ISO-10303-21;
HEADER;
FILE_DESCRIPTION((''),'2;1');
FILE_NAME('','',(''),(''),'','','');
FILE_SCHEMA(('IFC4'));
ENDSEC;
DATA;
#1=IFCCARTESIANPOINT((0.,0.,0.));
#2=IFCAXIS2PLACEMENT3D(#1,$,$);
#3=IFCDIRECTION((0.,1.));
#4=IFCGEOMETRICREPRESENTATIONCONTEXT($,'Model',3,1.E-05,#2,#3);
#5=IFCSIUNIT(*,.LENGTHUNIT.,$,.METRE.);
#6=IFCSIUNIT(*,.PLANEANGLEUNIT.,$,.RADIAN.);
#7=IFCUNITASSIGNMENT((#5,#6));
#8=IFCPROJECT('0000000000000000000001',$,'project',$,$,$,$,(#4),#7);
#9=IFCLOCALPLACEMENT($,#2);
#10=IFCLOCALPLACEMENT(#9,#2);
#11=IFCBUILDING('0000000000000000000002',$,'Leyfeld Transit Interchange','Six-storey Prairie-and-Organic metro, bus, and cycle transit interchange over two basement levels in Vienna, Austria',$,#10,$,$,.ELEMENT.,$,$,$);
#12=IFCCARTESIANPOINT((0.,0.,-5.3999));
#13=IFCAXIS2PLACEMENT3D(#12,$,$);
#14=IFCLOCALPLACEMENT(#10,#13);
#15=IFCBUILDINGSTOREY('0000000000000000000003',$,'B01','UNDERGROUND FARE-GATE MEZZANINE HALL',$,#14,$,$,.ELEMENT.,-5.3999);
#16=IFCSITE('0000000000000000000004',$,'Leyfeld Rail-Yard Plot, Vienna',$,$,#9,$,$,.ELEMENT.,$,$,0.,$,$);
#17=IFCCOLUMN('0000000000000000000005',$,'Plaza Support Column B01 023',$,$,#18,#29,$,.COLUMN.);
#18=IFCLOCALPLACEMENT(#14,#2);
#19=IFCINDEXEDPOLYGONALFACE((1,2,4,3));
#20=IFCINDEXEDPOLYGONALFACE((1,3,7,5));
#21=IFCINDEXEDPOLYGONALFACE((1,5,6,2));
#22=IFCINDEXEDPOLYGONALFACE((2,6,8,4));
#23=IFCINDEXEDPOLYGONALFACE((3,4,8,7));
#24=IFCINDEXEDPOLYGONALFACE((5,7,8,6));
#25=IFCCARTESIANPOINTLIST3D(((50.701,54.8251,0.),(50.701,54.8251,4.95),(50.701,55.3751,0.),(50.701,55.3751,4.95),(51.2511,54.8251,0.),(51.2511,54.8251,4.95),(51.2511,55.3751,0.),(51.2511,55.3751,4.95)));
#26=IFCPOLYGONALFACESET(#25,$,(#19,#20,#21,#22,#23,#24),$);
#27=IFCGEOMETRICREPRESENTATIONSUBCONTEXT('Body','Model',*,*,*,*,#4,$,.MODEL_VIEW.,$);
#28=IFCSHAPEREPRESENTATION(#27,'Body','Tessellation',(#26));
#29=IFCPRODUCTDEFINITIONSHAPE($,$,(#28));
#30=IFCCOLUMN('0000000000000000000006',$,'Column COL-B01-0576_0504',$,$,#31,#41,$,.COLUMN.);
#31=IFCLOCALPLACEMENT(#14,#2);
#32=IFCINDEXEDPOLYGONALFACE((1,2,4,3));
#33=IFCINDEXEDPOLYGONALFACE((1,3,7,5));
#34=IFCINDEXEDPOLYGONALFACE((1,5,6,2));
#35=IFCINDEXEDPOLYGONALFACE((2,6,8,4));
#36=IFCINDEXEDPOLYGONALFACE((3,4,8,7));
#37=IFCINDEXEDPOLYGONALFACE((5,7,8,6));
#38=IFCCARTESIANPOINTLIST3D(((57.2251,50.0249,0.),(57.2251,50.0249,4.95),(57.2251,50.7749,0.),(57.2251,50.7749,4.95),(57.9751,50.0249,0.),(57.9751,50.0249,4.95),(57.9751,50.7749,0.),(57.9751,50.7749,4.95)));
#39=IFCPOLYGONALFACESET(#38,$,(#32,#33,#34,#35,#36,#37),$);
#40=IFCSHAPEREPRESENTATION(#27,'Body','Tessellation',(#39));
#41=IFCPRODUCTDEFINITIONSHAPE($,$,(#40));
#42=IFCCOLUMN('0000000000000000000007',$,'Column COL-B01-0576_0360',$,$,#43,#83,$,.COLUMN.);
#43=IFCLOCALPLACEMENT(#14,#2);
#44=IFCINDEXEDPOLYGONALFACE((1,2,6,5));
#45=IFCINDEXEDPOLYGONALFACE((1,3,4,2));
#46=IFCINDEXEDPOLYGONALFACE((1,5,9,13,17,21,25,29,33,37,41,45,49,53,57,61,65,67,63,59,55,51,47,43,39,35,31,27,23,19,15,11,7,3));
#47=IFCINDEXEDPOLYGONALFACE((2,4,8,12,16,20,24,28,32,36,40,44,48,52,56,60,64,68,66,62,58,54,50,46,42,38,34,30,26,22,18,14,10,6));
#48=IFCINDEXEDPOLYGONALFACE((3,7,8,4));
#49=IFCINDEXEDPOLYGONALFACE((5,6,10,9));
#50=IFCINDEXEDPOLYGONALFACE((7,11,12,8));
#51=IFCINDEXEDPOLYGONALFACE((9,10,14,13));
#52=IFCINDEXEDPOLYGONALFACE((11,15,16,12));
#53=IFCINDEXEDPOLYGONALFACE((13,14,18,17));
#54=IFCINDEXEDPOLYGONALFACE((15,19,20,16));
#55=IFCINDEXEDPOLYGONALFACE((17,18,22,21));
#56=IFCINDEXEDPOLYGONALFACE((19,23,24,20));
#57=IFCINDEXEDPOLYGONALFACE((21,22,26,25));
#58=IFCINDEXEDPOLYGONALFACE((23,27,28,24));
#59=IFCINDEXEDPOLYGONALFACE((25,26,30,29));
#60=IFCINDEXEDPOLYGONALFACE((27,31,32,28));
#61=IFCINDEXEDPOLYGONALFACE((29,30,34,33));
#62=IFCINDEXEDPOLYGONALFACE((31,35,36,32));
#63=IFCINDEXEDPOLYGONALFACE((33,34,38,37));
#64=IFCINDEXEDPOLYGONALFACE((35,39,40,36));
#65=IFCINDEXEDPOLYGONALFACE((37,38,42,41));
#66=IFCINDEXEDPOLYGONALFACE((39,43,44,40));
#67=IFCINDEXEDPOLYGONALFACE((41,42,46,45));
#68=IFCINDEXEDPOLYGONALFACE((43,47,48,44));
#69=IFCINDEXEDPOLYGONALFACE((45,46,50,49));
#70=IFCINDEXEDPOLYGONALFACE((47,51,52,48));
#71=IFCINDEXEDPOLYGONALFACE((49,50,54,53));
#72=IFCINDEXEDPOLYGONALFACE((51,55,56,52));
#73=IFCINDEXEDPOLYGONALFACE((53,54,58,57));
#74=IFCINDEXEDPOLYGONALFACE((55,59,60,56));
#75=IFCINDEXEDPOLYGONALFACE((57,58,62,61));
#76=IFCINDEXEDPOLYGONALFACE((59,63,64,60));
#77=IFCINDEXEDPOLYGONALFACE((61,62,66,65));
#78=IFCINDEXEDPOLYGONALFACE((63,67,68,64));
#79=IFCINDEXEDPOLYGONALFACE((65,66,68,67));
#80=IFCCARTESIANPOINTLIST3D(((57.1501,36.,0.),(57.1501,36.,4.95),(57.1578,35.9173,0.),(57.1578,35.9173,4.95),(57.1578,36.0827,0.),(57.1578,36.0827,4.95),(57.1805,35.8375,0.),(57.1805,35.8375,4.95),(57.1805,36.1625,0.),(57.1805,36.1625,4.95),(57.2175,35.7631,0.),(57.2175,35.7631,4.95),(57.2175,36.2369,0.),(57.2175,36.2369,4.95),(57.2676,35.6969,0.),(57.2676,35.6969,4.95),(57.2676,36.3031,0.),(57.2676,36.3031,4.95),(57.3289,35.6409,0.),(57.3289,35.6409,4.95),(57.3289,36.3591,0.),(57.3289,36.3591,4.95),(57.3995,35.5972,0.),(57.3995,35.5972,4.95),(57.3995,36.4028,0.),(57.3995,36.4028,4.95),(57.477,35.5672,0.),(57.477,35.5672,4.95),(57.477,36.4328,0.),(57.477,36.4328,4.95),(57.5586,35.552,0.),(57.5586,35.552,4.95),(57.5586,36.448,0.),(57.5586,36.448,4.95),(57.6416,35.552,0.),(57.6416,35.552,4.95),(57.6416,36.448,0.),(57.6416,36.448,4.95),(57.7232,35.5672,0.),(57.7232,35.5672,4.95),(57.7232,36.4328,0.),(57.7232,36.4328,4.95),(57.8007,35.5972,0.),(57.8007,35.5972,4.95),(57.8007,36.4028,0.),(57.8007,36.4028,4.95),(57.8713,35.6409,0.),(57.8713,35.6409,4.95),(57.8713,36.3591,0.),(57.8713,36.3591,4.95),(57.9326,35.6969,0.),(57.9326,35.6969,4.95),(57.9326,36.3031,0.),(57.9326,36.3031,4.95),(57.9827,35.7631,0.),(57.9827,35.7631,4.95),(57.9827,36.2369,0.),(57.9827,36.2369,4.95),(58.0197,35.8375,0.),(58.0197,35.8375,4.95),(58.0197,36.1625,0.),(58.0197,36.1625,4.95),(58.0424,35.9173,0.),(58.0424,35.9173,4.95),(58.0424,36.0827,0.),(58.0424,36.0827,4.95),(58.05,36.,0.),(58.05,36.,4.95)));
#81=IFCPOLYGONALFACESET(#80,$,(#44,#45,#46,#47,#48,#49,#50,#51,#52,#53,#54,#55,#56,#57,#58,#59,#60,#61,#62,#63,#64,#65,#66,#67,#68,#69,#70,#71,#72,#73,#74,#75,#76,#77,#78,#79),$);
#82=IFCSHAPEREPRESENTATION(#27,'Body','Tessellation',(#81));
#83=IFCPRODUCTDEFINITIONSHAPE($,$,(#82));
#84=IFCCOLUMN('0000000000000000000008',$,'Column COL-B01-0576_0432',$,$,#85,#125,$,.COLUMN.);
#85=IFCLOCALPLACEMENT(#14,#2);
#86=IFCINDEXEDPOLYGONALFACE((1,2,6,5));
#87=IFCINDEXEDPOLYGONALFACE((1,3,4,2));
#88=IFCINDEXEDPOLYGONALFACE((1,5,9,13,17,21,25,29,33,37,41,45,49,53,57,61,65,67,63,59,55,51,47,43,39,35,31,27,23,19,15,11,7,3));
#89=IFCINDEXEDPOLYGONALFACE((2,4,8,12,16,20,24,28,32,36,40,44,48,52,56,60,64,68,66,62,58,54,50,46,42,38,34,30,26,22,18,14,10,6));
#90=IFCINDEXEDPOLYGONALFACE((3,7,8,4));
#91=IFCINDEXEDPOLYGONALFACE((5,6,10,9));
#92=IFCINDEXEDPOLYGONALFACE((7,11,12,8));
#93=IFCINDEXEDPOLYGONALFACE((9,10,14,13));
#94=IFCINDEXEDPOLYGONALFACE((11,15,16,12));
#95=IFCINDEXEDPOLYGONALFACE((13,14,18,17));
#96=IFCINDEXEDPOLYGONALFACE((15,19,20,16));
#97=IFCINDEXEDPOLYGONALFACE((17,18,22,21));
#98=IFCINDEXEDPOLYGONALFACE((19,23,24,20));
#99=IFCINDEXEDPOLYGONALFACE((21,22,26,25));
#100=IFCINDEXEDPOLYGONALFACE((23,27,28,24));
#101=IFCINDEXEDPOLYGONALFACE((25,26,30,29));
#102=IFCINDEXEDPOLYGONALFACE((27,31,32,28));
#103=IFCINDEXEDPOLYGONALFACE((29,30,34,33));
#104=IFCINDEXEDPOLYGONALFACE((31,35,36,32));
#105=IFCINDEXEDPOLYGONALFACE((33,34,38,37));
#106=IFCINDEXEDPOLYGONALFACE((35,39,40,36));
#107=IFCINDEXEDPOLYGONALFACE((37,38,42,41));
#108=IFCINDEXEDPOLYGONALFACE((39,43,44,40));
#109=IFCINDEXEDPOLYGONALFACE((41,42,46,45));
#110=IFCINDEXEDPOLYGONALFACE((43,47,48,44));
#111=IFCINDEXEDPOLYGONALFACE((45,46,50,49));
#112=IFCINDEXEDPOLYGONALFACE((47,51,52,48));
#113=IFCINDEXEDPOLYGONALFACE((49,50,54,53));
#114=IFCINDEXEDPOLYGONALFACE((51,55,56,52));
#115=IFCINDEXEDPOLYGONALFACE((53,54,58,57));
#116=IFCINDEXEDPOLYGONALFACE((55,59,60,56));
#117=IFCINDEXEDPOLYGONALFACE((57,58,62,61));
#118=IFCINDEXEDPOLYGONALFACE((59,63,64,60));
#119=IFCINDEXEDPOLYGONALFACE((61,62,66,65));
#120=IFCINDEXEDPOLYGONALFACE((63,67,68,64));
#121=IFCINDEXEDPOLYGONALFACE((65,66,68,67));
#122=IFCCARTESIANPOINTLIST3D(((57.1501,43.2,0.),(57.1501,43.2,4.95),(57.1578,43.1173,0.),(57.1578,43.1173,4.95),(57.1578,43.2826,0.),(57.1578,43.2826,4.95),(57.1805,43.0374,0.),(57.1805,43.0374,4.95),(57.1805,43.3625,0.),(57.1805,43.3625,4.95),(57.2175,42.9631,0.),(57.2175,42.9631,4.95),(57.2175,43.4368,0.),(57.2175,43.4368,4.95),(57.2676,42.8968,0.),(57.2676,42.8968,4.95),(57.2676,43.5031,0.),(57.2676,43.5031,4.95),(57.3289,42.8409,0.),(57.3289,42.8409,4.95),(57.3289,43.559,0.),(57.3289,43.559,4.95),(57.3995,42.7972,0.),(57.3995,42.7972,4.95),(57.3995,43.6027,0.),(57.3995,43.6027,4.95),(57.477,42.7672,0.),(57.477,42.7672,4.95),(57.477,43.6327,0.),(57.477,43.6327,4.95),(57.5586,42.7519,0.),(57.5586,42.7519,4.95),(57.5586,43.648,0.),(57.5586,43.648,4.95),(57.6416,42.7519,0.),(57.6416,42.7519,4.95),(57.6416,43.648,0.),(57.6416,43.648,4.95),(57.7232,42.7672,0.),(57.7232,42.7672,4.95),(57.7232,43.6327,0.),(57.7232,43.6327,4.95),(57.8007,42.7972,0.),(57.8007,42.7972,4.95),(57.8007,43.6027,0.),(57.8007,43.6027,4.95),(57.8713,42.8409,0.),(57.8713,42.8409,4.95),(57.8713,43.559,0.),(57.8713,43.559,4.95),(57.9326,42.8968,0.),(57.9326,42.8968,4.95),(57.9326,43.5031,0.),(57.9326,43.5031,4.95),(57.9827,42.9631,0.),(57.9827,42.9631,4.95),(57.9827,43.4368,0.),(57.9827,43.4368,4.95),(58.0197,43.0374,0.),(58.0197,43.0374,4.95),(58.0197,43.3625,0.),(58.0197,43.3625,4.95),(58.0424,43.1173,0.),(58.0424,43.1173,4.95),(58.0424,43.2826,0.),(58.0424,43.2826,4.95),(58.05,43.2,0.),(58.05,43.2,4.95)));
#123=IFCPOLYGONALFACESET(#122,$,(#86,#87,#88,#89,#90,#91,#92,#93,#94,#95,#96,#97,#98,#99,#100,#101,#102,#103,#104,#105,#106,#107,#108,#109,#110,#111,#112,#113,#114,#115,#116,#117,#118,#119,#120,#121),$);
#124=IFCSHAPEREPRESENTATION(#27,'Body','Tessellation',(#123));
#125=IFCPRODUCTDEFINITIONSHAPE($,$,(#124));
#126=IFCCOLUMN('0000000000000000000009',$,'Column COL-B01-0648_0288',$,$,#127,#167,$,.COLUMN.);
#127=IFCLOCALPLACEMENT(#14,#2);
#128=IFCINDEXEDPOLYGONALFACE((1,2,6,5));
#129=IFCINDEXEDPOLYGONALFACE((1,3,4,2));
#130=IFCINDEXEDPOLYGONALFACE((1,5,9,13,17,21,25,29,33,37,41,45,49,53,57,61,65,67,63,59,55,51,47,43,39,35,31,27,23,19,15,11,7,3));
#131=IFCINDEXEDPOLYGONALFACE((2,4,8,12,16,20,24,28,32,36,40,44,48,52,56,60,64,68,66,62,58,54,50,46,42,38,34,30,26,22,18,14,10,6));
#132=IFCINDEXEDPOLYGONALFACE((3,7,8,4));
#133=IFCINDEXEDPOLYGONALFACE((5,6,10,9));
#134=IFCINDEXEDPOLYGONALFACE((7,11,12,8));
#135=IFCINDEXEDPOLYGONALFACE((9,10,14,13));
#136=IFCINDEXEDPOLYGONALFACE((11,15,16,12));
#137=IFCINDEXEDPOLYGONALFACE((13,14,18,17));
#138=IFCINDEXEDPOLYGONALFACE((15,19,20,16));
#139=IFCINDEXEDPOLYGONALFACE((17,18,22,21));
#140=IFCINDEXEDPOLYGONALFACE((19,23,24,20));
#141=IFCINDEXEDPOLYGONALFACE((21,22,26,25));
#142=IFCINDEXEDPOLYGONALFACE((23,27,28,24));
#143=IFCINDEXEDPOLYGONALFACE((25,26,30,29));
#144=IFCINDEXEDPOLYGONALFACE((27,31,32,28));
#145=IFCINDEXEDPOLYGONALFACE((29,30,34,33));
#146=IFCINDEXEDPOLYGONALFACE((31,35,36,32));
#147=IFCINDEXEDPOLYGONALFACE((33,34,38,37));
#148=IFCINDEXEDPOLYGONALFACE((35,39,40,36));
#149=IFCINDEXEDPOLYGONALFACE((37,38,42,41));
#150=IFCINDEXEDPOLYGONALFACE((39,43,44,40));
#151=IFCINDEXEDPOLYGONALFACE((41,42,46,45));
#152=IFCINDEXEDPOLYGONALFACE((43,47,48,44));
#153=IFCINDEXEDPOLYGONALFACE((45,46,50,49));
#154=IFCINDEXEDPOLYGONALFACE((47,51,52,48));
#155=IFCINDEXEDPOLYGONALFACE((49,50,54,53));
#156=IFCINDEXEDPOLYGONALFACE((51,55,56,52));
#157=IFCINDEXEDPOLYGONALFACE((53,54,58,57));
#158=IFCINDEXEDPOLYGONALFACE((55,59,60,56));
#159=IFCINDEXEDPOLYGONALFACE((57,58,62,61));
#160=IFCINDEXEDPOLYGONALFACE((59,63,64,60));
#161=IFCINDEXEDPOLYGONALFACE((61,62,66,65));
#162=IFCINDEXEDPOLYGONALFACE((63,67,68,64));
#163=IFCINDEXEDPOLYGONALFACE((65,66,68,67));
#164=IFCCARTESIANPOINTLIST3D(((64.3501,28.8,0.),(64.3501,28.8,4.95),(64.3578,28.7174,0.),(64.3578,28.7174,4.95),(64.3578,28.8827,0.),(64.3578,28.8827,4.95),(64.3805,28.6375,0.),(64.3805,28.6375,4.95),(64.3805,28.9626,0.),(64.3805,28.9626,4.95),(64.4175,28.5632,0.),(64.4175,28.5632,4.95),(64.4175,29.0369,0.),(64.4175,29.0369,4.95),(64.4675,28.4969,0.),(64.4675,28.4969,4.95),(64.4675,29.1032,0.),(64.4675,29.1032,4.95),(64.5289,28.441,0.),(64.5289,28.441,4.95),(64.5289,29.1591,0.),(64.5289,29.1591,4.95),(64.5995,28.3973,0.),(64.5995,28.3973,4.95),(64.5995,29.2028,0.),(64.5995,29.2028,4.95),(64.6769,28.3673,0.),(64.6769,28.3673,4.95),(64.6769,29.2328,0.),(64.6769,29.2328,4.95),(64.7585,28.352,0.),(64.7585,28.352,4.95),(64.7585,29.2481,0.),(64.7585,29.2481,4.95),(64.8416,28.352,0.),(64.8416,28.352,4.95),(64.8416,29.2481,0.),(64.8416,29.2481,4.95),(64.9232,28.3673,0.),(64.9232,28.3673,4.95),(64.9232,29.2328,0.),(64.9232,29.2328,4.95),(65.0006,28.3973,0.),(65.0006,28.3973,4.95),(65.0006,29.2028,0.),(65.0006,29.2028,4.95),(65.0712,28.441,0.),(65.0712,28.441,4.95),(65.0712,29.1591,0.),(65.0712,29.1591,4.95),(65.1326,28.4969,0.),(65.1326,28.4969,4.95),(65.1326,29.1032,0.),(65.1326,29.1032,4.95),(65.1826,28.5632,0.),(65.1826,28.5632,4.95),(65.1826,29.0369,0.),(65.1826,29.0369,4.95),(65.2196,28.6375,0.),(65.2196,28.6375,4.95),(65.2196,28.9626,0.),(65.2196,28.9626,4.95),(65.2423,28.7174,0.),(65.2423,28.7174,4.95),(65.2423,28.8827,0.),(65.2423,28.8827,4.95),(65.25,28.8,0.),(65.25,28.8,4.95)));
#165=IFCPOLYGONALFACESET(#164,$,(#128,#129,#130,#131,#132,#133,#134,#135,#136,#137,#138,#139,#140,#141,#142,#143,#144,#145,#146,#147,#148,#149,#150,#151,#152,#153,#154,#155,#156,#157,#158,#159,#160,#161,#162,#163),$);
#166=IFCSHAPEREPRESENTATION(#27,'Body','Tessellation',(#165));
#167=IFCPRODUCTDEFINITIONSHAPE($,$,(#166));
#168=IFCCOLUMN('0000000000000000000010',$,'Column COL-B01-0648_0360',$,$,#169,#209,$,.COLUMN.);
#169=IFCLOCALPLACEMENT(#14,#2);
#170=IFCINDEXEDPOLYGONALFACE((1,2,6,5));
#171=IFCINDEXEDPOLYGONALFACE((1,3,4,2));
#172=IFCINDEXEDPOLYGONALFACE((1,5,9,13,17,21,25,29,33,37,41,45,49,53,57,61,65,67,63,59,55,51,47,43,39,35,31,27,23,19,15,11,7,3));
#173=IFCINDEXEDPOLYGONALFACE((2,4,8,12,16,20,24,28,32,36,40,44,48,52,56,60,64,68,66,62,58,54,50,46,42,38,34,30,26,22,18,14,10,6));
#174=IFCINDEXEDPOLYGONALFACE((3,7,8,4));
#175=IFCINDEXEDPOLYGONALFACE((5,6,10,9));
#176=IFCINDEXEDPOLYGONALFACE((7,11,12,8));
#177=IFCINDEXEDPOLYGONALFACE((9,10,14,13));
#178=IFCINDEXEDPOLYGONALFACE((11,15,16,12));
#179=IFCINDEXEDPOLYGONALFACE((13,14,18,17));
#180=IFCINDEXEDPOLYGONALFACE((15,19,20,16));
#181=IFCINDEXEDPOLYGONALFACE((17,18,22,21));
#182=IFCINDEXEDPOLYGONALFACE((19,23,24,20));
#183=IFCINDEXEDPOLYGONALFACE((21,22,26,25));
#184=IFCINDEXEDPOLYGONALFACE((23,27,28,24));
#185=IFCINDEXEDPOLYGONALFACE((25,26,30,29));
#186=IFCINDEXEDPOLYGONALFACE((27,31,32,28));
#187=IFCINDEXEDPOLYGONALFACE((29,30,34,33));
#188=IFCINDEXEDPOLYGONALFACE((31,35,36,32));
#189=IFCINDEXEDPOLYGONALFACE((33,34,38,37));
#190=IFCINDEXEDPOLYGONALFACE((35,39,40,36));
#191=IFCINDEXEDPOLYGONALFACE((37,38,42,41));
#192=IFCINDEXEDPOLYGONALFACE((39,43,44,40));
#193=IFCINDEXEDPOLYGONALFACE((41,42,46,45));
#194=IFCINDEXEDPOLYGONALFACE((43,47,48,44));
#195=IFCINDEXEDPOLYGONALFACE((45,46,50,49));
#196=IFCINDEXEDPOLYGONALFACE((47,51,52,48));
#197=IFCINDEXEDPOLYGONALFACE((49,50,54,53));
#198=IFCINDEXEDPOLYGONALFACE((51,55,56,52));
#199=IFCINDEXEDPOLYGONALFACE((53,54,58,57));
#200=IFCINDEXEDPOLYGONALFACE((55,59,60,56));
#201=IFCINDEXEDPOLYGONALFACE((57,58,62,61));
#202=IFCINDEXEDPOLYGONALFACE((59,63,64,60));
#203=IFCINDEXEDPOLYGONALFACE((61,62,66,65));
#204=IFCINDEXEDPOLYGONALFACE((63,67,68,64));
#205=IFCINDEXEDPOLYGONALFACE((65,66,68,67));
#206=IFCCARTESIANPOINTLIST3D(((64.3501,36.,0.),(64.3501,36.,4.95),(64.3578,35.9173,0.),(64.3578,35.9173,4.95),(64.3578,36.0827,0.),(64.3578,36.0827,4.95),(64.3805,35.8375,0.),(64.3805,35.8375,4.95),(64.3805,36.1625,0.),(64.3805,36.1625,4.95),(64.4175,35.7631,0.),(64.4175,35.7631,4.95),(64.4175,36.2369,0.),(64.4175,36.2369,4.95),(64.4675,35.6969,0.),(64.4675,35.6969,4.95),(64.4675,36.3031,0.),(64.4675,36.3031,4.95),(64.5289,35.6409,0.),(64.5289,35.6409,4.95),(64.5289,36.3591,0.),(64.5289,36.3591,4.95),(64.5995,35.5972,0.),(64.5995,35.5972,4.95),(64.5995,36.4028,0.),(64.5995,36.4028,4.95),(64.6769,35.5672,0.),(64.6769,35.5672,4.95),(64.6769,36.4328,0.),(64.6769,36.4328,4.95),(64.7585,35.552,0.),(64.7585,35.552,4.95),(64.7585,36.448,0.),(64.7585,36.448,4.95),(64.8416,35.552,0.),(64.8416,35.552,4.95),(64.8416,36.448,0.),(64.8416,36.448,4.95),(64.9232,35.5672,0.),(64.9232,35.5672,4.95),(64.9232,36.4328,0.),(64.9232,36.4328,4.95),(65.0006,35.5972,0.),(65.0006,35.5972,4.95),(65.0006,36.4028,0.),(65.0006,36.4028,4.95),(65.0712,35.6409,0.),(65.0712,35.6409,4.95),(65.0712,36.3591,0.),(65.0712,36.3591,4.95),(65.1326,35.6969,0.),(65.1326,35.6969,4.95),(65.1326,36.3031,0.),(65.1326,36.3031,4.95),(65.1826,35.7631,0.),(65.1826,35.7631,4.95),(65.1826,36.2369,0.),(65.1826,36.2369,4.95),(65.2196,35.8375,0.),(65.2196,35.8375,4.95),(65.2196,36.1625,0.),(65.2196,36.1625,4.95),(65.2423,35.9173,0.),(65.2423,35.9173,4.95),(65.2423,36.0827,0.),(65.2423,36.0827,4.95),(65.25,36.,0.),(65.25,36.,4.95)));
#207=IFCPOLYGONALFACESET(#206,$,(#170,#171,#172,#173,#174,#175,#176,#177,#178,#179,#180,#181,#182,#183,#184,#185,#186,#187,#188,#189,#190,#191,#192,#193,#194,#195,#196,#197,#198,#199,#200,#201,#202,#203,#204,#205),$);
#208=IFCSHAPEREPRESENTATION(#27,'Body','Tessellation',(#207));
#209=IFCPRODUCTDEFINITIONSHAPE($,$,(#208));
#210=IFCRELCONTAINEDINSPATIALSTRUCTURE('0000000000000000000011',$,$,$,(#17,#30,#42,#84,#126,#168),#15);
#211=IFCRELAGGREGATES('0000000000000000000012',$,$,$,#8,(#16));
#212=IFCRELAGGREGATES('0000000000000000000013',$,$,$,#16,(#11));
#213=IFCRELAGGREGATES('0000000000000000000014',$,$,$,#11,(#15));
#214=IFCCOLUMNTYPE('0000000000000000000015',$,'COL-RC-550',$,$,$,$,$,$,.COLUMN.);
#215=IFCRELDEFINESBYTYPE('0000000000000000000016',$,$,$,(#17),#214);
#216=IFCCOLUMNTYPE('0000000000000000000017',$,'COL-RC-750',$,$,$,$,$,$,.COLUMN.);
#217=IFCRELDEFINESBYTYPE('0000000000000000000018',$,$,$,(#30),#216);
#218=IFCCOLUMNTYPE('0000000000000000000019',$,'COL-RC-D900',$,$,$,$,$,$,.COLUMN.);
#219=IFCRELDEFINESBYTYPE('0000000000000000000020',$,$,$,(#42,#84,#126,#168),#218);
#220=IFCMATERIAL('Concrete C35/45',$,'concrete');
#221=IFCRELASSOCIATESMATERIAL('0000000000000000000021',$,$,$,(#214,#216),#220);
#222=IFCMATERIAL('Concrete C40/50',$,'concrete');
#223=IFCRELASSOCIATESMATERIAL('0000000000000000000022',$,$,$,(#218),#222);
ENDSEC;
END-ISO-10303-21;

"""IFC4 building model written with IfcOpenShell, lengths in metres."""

from ifc_helpers import new_model, si_unit, direction, frame, origin, origin_2d, place, context, subcontext, project, spatial, rectangle, circle, extrude, material, material_profile, profile_set, type_object, element, save


model = new_model("IFC4")

# Units and contexts
model_context = context("Model", 3, precision=1e-05, world=origin(), true_north=direction((0.0, 1.0)))
body_context = subcontext(model_context, "Body", "Model", "MODEL_VIEW")
ifc_project = project(units=[si_unit("LENGTHUNIT", "METRE"), si_unit("PLANEANGLEUNIT", "RADIAN")], contexts=[model_context])

# Site, building, storey
site_placement = place(None, origin())
site = spatial("IfcSite", under=ifc_project, at=site_placement, Name="Leyfeld Rail-Yard Plot, Vienna", CompositionType="ELEMENT", RefElevation=0.0)
building_placement = place(site_placement, origin())
building = spatial("IfcBuilding", under=site, at=building_placement, Name="Leyfeld Transit Interchange", Description="Six-storey Prairie-and-Organic metro, bus, and cycle transit interchange over two basement levels in Vienna, Austria", CompositionType="ELEMENT")
storey_placement = place(building_placement, frame((0.0, 0.0, -5.3999)))
storey = spatial("IfcBuildingStorey", under=building, at=storey_placement, Name="B01", Description="UNDERGROUND FARE-GATE MEZZANINE HALL", CompositionType="ELEMENT", Elevation=-5.3999)

# Columns
ifc_material_1 = material(Name="Concrete C35/45", Category="concrete")
ifc_material_profile_1 = material_profile(ifc_material_1, rectangle(XDim=0.55, YDim=0.55, at=origin_2d()), Name="RC 550x550")
ifc_profile_set_1 = profile_set([ifc_material_profile_1], Name="Concrete C35/45")
column_type_1 = type_object("IfcColumnType", Name="COL-RC-550", PredefinedType="COLUMN", material=ifc_profile_set_1)
column_1_placement = place(storey_placement, frame((50.9761, 55.1001, 0.0), z_axis=(0.0, 0.0, 1.0), x_axis=(1.0, 0.0, 0.0)))
element("IfcColumn", 1, at=column_1_placement, inside=storey, type_object=column_type_1, Name="Plaza Support Column B01 023", PredefinedType="COLUMN", context=body_context, shape_type="SweptSolid", body=[
    extrude(rectangle(XDim=0.55, YDim=0.55, at=origin_2d()), origin(), (0.0, 0.0, 1.0), 4.95),
])
ifc_material_profile_2 = material_profile(ifc_material_1, rectangle(XDim=0.75, YDim=0.75, at=origin_2d()), Name="RC 750x750")
ifc_profile_set_2 = profile_set([ifc_material_profile_2], Name="Concrete C35/45")
column_type_2 = type_object("IfcColumnType", Name="COL-RC-750", PredefinedType="COLUMN", material=ifc_profile_set_2)
column_2_placement = place(storey_placement, frame((57.6001, 50.3999, 0.0), z_axis=(0.0, 0.0, 1.0), x_axis=(1.0, 0.0, 0.0)))
element("IfcColumn", 2, at=column_2_placement, inside=storey, type_object=column_type_2, Name="Column COL-B01-0576_0504", PredefinedType="COLUMN", context=body_context, shape_type="SweptSolid", body=[
    extrude(rectangle(XDim=0.75, YDim=0.75, at=origin_2d()), origin(), (0.0, 0.0, 1.0), 4.95),
])
ifc_material_2 = material(Name="Concrete C40/50", Category="concrete")
ifc_material_profile_3 = material_profile(ifc_material_2, circle(Radius=0.45, at=origin_2d()), Name="RC D900")
ifc_profile_set_3 = profile_set([ifc_material_profile_3], Name="Concrete C40/50")
column_type_3 = type_object("IfcColumnType", Name="COL-RC-D900", PredefinedType="COLUMN", material=ifc_profile_set_3)
for number, where, z_axis, x_axis, name in (
    (3, (57.6001, 36.0, 0.0), (0.0, 0.0, 1.0), (1.0, 0.0, 0.0), "Column COL-B01-0576_0360"),
    (4, (57.6001, 43.2, 0.0), (0.0, 0.0, 1.0), (1.0, 0.0, 0.0), "Column COL-B01-0576_0432"),
    (5, (64.8, 28.8, 0.0), (0.0, 0.0, 1.0), (1.0, 0.0, 0.0), "Column COL-B01-0648_0288"),
    (6, (64.8, 36.0, 0.0), (0.0, 0.0, 1.0), (1.0, 0.0, 0.0), "Column COL-B01-0648_0360"),
):
    element("IfcColumn", number, at=place(storey_placement, frame(where, z_axis=z_axis, x_axis=x_axis)), inside=storey, type_object=column_type_3, Name=name, PredefinedType="COLUMN", context=body_context, shape_type="SweptSolid", body=[
        extrude(circle(Radius=0.45, at=origin_2d()), origin(), (0.0, 0.0, 1.0), 4.95),
    ])

save(model, "model.ifc")
